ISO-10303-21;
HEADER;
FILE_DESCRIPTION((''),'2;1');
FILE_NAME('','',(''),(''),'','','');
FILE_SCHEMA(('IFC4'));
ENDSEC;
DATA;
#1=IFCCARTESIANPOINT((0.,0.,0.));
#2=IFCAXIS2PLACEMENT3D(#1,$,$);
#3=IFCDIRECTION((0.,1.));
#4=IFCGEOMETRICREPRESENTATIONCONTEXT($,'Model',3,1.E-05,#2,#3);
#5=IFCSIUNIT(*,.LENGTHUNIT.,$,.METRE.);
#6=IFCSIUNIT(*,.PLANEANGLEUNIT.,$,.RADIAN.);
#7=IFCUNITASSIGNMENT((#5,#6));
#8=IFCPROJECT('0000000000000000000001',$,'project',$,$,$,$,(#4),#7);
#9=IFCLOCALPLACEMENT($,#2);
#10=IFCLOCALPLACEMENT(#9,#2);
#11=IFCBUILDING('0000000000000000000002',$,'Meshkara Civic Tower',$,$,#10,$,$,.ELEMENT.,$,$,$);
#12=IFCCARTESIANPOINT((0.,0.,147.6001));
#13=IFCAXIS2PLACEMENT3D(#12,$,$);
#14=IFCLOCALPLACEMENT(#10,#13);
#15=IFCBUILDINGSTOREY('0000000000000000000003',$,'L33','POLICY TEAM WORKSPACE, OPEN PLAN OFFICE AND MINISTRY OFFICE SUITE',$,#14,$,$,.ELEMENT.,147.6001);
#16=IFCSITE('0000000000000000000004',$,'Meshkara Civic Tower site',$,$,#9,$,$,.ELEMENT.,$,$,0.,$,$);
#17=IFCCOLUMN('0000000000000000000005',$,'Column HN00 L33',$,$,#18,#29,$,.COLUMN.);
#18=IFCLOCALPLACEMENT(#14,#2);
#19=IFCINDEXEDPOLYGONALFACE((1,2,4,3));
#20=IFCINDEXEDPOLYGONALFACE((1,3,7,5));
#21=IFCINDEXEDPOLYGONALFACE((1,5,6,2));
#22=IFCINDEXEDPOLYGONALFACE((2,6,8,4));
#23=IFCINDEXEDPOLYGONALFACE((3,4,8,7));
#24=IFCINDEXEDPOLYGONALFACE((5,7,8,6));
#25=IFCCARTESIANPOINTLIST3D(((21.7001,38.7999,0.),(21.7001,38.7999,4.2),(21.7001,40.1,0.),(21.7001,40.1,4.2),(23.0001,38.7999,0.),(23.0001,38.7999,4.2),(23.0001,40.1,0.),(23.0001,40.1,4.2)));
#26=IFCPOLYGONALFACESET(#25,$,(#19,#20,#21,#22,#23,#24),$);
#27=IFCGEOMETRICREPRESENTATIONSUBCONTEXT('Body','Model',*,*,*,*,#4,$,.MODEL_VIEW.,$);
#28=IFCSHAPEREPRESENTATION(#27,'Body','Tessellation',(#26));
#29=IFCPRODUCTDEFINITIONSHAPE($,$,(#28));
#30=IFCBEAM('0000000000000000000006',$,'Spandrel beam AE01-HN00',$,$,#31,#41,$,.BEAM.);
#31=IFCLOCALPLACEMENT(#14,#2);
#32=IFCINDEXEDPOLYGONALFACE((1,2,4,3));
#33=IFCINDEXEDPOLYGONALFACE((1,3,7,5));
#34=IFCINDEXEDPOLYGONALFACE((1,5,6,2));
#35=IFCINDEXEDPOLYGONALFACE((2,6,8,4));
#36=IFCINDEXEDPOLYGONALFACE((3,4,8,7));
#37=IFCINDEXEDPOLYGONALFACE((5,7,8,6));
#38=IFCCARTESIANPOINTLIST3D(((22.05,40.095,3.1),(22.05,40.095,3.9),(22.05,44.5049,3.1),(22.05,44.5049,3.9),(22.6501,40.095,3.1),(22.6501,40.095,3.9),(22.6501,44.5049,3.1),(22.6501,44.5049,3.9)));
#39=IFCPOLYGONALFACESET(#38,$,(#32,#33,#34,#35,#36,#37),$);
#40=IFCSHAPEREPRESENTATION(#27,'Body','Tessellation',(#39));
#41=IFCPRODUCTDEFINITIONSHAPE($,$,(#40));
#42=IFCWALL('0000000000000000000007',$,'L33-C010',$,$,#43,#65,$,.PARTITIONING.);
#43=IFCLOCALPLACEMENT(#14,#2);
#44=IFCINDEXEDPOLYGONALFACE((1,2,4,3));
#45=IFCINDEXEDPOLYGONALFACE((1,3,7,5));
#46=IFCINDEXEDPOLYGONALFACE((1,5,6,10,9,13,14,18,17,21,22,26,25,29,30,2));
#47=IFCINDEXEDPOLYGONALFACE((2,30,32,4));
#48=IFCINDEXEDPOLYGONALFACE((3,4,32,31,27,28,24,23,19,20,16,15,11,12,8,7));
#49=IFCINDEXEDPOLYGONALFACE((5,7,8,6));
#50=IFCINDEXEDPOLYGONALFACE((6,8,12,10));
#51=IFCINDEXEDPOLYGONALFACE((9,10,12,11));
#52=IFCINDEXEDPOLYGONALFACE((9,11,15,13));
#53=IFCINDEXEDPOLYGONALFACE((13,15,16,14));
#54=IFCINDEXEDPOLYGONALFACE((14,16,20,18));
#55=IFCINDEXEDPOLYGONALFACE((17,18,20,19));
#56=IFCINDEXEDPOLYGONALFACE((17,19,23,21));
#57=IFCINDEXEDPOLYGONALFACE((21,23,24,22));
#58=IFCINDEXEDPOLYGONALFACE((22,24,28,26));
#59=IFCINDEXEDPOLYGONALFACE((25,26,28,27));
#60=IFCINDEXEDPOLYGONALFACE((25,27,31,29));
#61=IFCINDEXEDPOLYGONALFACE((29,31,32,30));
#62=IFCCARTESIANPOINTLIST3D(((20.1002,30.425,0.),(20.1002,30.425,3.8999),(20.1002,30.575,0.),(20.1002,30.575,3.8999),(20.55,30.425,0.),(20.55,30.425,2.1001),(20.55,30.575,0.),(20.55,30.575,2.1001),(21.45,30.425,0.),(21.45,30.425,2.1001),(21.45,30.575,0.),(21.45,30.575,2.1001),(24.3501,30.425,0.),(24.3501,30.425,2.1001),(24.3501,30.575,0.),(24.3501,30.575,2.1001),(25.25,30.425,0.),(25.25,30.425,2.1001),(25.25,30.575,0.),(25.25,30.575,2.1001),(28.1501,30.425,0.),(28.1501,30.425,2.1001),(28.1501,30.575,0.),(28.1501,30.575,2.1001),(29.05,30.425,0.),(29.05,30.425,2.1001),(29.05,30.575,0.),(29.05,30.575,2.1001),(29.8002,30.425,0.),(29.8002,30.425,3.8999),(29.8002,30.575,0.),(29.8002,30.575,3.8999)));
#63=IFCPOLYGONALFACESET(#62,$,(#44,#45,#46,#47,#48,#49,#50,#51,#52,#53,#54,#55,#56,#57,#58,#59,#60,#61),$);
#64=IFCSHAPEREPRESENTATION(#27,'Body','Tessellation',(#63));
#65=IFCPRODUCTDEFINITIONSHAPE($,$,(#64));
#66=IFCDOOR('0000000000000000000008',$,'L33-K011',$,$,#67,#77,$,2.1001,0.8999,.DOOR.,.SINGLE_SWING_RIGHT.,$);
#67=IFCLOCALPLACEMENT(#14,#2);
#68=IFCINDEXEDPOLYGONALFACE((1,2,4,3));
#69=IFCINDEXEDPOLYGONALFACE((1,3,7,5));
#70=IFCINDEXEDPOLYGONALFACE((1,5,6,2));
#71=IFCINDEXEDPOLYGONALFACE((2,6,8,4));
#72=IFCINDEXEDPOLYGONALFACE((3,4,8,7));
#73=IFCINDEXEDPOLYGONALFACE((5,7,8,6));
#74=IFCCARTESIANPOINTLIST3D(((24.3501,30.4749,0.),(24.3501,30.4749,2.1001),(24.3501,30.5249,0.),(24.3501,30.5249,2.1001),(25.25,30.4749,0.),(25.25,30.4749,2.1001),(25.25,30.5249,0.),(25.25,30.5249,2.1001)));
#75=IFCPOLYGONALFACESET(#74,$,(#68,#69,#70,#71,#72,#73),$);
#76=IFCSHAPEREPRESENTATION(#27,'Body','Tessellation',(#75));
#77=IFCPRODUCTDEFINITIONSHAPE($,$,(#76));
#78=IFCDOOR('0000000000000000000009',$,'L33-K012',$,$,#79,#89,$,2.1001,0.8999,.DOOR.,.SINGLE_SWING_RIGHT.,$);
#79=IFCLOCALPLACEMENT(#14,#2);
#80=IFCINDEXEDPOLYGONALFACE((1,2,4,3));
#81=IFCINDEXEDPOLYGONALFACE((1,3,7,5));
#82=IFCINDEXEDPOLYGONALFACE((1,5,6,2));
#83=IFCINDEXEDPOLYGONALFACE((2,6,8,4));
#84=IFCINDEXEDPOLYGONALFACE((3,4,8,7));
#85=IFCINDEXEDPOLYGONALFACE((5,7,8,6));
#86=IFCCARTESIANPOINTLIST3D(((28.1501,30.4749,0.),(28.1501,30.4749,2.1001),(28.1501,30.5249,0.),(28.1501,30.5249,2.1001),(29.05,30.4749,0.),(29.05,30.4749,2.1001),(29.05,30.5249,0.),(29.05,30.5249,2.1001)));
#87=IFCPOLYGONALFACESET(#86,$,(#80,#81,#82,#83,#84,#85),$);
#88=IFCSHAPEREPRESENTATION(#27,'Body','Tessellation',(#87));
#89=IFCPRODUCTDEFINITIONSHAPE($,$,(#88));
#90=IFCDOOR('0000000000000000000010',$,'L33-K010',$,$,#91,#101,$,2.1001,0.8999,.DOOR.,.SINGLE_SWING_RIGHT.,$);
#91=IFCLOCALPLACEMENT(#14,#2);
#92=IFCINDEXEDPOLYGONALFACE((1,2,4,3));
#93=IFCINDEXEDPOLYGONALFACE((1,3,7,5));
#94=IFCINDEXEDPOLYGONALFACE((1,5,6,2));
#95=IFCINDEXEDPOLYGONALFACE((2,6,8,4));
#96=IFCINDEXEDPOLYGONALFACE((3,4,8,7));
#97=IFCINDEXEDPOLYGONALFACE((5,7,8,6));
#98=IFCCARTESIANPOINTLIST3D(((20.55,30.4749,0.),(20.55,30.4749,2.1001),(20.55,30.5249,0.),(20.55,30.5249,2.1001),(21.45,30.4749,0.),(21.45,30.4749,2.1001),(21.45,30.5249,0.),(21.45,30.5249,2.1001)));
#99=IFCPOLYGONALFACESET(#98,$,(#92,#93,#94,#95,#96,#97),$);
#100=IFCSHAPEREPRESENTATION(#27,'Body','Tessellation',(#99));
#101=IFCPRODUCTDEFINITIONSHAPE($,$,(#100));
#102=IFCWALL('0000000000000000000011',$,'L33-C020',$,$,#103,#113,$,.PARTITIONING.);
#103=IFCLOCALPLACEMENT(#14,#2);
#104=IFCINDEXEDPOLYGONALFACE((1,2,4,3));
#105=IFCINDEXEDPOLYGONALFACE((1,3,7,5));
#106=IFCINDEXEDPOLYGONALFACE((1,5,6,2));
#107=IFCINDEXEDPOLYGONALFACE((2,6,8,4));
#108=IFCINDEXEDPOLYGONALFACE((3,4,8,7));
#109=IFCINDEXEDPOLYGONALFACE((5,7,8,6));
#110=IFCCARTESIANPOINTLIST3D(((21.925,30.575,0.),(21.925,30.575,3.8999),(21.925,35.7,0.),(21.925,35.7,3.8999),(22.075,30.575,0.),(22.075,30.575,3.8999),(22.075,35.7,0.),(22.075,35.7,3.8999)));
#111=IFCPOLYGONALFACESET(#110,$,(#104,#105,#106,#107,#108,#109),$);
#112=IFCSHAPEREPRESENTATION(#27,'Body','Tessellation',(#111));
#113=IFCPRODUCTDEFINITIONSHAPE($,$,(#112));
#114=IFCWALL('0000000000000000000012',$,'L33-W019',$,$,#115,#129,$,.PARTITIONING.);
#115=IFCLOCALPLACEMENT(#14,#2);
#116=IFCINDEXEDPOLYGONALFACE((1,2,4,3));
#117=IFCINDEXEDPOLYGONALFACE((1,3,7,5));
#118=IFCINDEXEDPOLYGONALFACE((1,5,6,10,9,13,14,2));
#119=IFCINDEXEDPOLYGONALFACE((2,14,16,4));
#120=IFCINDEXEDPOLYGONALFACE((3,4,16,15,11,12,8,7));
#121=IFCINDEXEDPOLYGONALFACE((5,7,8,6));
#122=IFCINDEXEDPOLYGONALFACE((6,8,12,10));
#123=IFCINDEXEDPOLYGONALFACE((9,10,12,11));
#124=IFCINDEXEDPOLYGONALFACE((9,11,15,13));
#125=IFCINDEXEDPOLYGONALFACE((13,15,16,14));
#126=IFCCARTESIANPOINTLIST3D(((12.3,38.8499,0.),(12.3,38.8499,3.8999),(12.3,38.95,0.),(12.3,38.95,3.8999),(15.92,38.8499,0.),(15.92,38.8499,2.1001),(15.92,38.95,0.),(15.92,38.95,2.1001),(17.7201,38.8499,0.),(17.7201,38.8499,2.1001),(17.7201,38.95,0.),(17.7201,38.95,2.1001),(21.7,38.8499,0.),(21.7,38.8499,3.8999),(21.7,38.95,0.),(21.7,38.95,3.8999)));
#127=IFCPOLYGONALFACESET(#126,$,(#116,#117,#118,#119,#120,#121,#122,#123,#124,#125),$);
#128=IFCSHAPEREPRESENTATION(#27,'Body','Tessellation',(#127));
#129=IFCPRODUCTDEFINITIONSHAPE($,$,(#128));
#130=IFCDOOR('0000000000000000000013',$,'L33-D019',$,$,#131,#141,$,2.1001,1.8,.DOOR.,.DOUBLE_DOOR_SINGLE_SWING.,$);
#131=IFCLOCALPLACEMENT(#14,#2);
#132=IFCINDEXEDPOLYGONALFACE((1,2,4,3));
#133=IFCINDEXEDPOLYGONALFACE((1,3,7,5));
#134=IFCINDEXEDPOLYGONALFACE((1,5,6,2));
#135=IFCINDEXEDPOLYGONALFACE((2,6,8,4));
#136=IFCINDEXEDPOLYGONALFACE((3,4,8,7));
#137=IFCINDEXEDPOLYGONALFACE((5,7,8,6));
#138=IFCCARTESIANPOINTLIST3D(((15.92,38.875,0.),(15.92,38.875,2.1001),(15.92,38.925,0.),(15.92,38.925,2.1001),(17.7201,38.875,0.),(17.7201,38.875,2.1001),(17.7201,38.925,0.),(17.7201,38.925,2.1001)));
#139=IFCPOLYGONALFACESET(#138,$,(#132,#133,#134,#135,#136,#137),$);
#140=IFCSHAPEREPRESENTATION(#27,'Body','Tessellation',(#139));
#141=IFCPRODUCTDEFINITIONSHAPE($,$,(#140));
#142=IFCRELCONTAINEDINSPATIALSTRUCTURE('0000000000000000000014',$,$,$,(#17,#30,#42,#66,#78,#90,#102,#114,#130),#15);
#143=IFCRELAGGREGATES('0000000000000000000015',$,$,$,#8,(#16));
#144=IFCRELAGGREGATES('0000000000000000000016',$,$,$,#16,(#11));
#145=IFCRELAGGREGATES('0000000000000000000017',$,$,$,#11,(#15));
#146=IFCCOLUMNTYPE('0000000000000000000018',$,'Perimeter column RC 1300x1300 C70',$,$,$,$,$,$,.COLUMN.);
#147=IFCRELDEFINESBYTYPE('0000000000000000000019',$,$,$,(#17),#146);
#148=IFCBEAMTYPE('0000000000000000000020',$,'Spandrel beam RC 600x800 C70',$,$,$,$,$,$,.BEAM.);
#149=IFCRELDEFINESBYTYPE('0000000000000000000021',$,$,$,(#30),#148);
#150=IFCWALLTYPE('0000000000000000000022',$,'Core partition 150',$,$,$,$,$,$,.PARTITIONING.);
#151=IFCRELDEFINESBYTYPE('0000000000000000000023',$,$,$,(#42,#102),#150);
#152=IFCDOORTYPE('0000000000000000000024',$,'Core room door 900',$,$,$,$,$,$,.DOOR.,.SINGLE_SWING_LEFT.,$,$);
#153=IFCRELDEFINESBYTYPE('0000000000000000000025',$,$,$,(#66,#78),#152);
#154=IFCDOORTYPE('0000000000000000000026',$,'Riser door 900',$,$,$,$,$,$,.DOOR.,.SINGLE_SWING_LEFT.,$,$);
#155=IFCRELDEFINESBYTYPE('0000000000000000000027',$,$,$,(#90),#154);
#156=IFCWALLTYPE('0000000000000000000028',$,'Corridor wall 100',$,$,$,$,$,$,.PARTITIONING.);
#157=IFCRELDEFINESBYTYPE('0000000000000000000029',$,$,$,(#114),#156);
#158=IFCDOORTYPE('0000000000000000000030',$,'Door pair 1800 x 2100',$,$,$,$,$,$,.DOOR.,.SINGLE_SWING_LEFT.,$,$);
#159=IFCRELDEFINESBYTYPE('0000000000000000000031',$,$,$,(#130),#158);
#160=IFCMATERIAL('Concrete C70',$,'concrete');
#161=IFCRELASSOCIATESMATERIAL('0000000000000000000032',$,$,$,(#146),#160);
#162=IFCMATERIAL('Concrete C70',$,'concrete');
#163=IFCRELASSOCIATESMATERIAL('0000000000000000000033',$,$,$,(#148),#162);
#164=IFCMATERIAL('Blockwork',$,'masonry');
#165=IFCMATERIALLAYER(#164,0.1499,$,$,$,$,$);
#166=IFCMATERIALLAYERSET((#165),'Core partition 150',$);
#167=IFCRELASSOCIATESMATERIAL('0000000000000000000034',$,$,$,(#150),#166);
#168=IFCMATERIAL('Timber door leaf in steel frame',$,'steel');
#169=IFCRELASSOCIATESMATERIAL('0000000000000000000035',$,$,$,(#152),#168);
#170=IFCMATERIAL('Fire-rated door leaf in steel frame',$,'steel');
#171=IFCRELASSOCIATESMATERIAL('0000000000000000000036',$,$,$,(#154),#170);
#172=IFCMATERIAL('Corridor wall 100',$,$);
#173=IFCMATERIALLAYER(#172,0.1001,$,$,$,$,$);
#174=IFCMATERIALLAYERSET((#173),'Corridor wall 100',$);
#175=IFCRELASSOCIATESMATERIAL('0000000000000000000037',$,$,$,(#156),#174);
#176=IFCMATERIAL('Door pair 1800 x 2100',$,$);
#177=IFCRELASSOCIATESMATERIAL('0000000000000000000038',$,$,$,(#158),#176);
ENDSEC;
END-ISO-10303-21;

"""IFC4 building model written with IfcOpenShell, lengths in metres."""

from ifc_helpers import new_model, si_unit, direction, frame, frame_2d, origin, origin_2d, place, context, subcontext, project, spatial, rectangle, extrude, material, layer, layer_set, material_profile, profile_set, type_object, element, fill, save


model = new_model("IFC4")

# Units and contexts
model_context = context("Model", 3, precision=1e-05, world=origin(), true_north=direction((0.0, 1.0)))
body_context = subcontext(model_context, "Body", "Model", "MODEL_VIEW")
ifc_project = project(units=[si_unit("LENGTHUNIT", "METRE"), si_unit("PLANEANGLEUNIT", "RADIAN")], contexts=[model_context])

# Site, building, storey
site_placement = place(None, origin())
site = spatial("IfcSite", under=ifc_project, at=site_placement, Name="Meshkara Civic Tower site", CompositionType="ELEMENT", RefElevation=0.0)
building_placement = place(site_placement, origin())
building = spatial("IfcBuilding", under=site, at=building_placement, Name="Meshkara Civic Tower", CompositionType="ELEMENT")
storey_placement = place(building_placement, frame((0.0, 0.0, 147.6001)))
storey = spatial("IfcBuildingStorey", under=building, at=storey_placement, Name="L33", Description="POLICY TEAM WORKSPACE, OPEN PLAN OFFICE AND MINISTRY OFFICE SUITE", CompositionType="ELEMENT", Elevation=147.6001)

# Column
ifc_material_1 = material(Name="Concrete C70", Category="concrete")
ifc_material_profile_1 = material_profile(ifc_material_1, rectangle(XDim=1.3, YDim=1.3, at=origin_2d()))
ifc_profile_set_1 = profile_set([ifc_material_profile_1], Name="Concrete C70")
column_type = type_object("IfcColumnType", Name="Perimeter column RC 1300x1300 C70", PredefinedType="COLUMN", material=ifc_profile_set_1)
column_placement = place(storey_placement, frame((22.3501, 39.45, 0.0), z_axis=(0.0, 0.0, 1.0), x_axis=(1.0, 0.0, 0.0)))
element("IfcColumn", 1, at=column_placement, inside=storey, type_object=column_type, Name="Column HN00 L33", PredefinedType="COLUMN", context=body_context, shape_type="SweptSolid", body=[
    extrude(rectangle(XDim=1.3, YDim=1.3, at=origin_2d()), origin(), (0.0, 0.0, 1.0), 4.2),
])

# Beam
ifc_material_2 = material(Name="Concrete C70", Category="concrete")
ifc_material_profile_2 = material_profile(ifc_material_2, rectangle(XDim=0.6001, YDim=0.8, at=origin_2d()))
ifc_profile_set_2 = profile_set([ifc_material_profile_2], Name="Concrete C70")
beam_type = type_object("IfcBeamType", Name="Spandrel beam RC 600x800 C70", PredefinedType="BEAM", material=ifc_profile_set_2)
beam_placement = place(storey_placement, frame((22.3501, 40.095, 3.5), z_axis=(0.0, 1.0, 0.0), x_axis=(-1.0, 0.0, 0.0)))
element("IfcBeam", 2, at=beam_placement, inside=storey, type_object=beam_type, Name="Spandrel beam AE01-HN00", PredefinedType="BEAM", context=body_context, shape_type="SweptSolid", body=[
    extrude(rectangle(XDim=0.6001, YDim=0.8, at=origin_2d()), origin(), (0.0, 0.0, 1.0), 4.4099),
])

# Wall, openings, doors
ifc_material_3 = material(Name="Blockwork", Category="masonry")
ifc_layer_1 = layer(ifc_material_3, 0.1499)
ifc_layer_set_1 = layer_set([ifc_layer_1], Name="Core partition 150")
wall_type_1 = type_object("IfcWallType", Name="Core partition 150", PredefinedType="PARTITIONING", material=ifc_layer_set_1)
wall_1_placement = place(storey_placement, frame((20.1001, 30.5, 0.0), z_axis=(0.0, 0.0, 1.0), x_axis=(1.0, 0.0, 0.0)))
wall_1 = element("IfcWall", 3, at=wall_1_placement, inside=storey, type_object=wall_type_1, Name="L33-C010", PredefinedType="PARTITIONING", context=body_context, shape_type="SweptSolid", body=[
    extrude(rectangle(XDim=9.7, YDim=0.1499, at=frame_2d((4.8501, 0.0))), origin(), (0.0, 0.0, 1.0), 3.8999),
])
opening_1_placement = place(wall_1_placement, frame((0.45, 0.0, 0.0)))
opening_1 = element("IfcOpeningElement", 4, at=opening_1_placement, cuts=wall_1, PredefinedType="OPENING", context=body_context, shape_type="SweptSolid", body=[
    extrude(rectangle(XDim=0.8999, YDim=2.1001, at=frame_2d((0.45, 1.05))), frame((0.0, 0.085, 0.0), z_axis=(0.0, -1.0, 0.0), x_axis=(1.0, 0.0, 0.0)), (0.0, 0.0, 1.0), 0.1699),
])
opening_2_placement = place(wall_1_placement, frame((4.25, 0.0, 0.0)))
opening_2 = element("IfcOpeningElement", 5, at=opening_2_placement, cuts=wall_1, PredefinedType="OPENING", context=body_context, shape_type="SweptSolid", body=[
    extrude(rectangle(XDim=0.8999, YDim=2.1001, at=frame_2d((0.45, 1.05))), frame((0.0, 0.085, 0.0), z_axis=(0.0, -1.0, 0.0), x_axis=(1.0, 0.0, 0.0)), (0.0, 0.0, 1.0), 0.1699),
])
opening_3_placement = place(wall_1_placement, frame((8.05, 0.0, 0.0)))
opening_3 = element("IfcOpeningElement", 6, at=opening_3_placement, cuts=wall_1, PredefinedType="OPENING", context=body_context, shape_type="SweptSolid", body=[
    extrude(rectangle(XDim=0.8999, YDim=2.1001, at=frame_2d((0.45, 1.05))), frame((0.0, 0.085, 0.0), z_axis=(0.0, -1.0, 0.0), x_axis=(1.0, 0.0, 0.0)), (0.0, 0.0, 1.0), 0.1699),
])
ifc_material_4 = material(Name="Timber door leaf in steel frame", Category="steel")
door_type_1 = type_object("IfcDoorType", Name="Core room door 900", OperationType="SINGLE_SWING_LEFT", PredefinedType="DOOR", material=ifc_material_4)
door_1_placement = place(opening_2_placement, origin())
door_1 = element("IfcDoor", 7, at=door_1_placement, inside=storey, type_object=door_type_1, Name="L33-K011", OperationType="SINGLE_SWING_RIGHT", OverallHeight=2.1001, OverallWidth=0.8999, PredefinedType="DOOR", context=body_context, shape_type="SweptSolid", body=[
    extrude(rectangle(XDim=0.8999, YDim=2.1001, at=frame_2d((0.45, 1.05))), frame((0.0, 0.0249, 0.0), z_axis=(0.0, -1.0, 0.0), x_axis=(1.0, 0.0, 0.0)), (0.0, 0.0, 1.0), 0.05),
])
fill(opening_2, door_1)
door_2_placement = place(opening_3_placement, origin())
door_2 = element("IfcDoor", 8, at=door_2_placement, inside=storey, type_object=door_type_1, Name="L33-K012", OperationType="SINGLE_SWING_RIGHT", OverallHeight=2.1001, OverallWidth=0.8999, PredefinedType="DOOR", context=body_context, shape_type="SweptSolid", body=[
    extrude(rectangle(XDim=0.8999, YDim=2.1001, at=frame_2d((0.45, 1.05))), frame((0.0, 0.0249, 0.0), z_axis=(0.0, -1.0, 0.0), x_axis=(1.0, 0.0, 0.0)), (0.0, 0.0, 1.0), 0.05),
])
fill(opening_3, door_2)
ifc_material_5 = material(Name="Fire-rated door leaf in steel frame", Category="steel")
door_type_2 = type_object("IfcDoorType", Name="Riser door 900", OperationType="SINGLE_SWING_LEFT", PredefinedType="DOOR", material=ifc_material_5)
door_3_placement = place(opening_1_placement, origin())
door_3 = element("IfcDoor", 9, at=door_3_placement, inside=storey, type_object=door_type_2, Name="L33-K010", OperationType="SINGLE_SWING_RIGHT", OverallHeight=2.1001, OverallWidth=0.8999, PredefinedType="DOOR", context=body_context, shape_type="SweptSolid", body=[
    extrude(rectangle(XDim=0.8999, YDim=2.1001, at=frame_2d((0.45, 1.05))), frame((0.0, 0.0249, 0.0), z_axis=(0.0, -1.0, 0.0), x_axis=(1.0, 0.0, 0.0)), (0.0, 0.0, 1.0), 0.05),
])
fill(opening_1, door_3)

# Wall
wall_2_placement = place(storey_placement, frame((22.0, 30.575, 0.0), z_axis=(0.0, 0.0, 1.0), x_axis=(0.0, 1.0, 0.0)))
element("IfcWall", 10, at=wall_2_placement, inside=storey, type_object=wall_type_1, Name="L33-C020", PredefinedType="PARTITIONING", context=body_context, shape_type="SweptSolid", body=[
    extrude(rectangle(XDim=5.125, YDim=0.1499, at=frame_2d((2.5625, 0.0))), origin(), (0.0, 0.0, 1.0), 3.8999),
])

# Wall, opening, door
ifc_material_6 = material(Name="Corridor wall 100")
ifc_layer_2 = layer(ifc_material_6, 0.1001)
ifc_layer_set_2 = layer_set([ifc_layer_2], Name="Corridor wall 100")
wall_type_2 = type_object("IfcWallType", Name="Corridor wall 100", PredefinedType="PARTITIONING", material=ifc_layer_set_2)
wall_3_placement = place(storey_placement, frame((21.7, 38.8999, 0.0), z_axis=(0.0, 0.0, 1.0), x_axis=(-1.0, 0.0, 0.0)))
wall_3 = element("IfcWall", 11, at=wall_3_placement, inside=storey, type_object=wall_type_2, Name="L33-W019", PredefinedType="PARTITIONING", context=body_context, shape_type="SweptSolid", body=[
    extrude(rectangle(XDim=9.3999, YDim=0.1001, at=frame_2d((4.7, 0.0))), origin(), (0.0, 0.0, 1.0), 3.8999),
])
opening_4_placement = place(wall_3_placement, frame((3.98, 0.0, 0.0)))
opening_4 = element("IfcOpeningElement", 12, at=opening_4_placement, cuts=wall_3, PredefinedType="OPENING", context=body_context, shape_type="SweptSolid", body=[
    extrude(rectangle(XDim=1.8, YDim=2.1001, at=frame_2d((0.8999, 1.05))), frame((0.0, 0.0601, 0.0), z_axis=(0.0, -1.0, 0.0), x_axis=(1.0, 0.0, 0.0)), (0.0, 0.0, 1.0), 0.1201),
])
ifc_material_7 = material(Name="Door pair 1800 x 2100")
door_type_3 = type_object("IfcDoorType", Name="Door pair 1800 x 2100", OperationType="SINGLE_SWING_LEFT", PredefinedType="DOOR", material=ifc_material_7)
door_4_placement = place(opening_4_placement, origin())
door_4 = element("IfcDoor", 13, at=door_4_placement, inside=storey, type_object=door_type_3, Name="L33-D019", OperationType="DOUBLE_DOOR_SINGLE_SWING", OverallHeight=2.1001, OverallWidth=1.8, PredefinedType="DOOR", context=body_context, shape_type="SweptSolid", body=[
    extrude(rectangle(XDim=1.8, YDim=2.1001, at=frame_2d((0.8999, 1.05))), frame((0.0, 0.0249, 0.0), z_axis=(0.0, -1.0, 0.0), x_axis=(1.0, 0.0, 0.0)), (0.0, 0.0, 1.0), 0.05),
])
fill(opening_4, door_4)

save(model, "model.ifc")
